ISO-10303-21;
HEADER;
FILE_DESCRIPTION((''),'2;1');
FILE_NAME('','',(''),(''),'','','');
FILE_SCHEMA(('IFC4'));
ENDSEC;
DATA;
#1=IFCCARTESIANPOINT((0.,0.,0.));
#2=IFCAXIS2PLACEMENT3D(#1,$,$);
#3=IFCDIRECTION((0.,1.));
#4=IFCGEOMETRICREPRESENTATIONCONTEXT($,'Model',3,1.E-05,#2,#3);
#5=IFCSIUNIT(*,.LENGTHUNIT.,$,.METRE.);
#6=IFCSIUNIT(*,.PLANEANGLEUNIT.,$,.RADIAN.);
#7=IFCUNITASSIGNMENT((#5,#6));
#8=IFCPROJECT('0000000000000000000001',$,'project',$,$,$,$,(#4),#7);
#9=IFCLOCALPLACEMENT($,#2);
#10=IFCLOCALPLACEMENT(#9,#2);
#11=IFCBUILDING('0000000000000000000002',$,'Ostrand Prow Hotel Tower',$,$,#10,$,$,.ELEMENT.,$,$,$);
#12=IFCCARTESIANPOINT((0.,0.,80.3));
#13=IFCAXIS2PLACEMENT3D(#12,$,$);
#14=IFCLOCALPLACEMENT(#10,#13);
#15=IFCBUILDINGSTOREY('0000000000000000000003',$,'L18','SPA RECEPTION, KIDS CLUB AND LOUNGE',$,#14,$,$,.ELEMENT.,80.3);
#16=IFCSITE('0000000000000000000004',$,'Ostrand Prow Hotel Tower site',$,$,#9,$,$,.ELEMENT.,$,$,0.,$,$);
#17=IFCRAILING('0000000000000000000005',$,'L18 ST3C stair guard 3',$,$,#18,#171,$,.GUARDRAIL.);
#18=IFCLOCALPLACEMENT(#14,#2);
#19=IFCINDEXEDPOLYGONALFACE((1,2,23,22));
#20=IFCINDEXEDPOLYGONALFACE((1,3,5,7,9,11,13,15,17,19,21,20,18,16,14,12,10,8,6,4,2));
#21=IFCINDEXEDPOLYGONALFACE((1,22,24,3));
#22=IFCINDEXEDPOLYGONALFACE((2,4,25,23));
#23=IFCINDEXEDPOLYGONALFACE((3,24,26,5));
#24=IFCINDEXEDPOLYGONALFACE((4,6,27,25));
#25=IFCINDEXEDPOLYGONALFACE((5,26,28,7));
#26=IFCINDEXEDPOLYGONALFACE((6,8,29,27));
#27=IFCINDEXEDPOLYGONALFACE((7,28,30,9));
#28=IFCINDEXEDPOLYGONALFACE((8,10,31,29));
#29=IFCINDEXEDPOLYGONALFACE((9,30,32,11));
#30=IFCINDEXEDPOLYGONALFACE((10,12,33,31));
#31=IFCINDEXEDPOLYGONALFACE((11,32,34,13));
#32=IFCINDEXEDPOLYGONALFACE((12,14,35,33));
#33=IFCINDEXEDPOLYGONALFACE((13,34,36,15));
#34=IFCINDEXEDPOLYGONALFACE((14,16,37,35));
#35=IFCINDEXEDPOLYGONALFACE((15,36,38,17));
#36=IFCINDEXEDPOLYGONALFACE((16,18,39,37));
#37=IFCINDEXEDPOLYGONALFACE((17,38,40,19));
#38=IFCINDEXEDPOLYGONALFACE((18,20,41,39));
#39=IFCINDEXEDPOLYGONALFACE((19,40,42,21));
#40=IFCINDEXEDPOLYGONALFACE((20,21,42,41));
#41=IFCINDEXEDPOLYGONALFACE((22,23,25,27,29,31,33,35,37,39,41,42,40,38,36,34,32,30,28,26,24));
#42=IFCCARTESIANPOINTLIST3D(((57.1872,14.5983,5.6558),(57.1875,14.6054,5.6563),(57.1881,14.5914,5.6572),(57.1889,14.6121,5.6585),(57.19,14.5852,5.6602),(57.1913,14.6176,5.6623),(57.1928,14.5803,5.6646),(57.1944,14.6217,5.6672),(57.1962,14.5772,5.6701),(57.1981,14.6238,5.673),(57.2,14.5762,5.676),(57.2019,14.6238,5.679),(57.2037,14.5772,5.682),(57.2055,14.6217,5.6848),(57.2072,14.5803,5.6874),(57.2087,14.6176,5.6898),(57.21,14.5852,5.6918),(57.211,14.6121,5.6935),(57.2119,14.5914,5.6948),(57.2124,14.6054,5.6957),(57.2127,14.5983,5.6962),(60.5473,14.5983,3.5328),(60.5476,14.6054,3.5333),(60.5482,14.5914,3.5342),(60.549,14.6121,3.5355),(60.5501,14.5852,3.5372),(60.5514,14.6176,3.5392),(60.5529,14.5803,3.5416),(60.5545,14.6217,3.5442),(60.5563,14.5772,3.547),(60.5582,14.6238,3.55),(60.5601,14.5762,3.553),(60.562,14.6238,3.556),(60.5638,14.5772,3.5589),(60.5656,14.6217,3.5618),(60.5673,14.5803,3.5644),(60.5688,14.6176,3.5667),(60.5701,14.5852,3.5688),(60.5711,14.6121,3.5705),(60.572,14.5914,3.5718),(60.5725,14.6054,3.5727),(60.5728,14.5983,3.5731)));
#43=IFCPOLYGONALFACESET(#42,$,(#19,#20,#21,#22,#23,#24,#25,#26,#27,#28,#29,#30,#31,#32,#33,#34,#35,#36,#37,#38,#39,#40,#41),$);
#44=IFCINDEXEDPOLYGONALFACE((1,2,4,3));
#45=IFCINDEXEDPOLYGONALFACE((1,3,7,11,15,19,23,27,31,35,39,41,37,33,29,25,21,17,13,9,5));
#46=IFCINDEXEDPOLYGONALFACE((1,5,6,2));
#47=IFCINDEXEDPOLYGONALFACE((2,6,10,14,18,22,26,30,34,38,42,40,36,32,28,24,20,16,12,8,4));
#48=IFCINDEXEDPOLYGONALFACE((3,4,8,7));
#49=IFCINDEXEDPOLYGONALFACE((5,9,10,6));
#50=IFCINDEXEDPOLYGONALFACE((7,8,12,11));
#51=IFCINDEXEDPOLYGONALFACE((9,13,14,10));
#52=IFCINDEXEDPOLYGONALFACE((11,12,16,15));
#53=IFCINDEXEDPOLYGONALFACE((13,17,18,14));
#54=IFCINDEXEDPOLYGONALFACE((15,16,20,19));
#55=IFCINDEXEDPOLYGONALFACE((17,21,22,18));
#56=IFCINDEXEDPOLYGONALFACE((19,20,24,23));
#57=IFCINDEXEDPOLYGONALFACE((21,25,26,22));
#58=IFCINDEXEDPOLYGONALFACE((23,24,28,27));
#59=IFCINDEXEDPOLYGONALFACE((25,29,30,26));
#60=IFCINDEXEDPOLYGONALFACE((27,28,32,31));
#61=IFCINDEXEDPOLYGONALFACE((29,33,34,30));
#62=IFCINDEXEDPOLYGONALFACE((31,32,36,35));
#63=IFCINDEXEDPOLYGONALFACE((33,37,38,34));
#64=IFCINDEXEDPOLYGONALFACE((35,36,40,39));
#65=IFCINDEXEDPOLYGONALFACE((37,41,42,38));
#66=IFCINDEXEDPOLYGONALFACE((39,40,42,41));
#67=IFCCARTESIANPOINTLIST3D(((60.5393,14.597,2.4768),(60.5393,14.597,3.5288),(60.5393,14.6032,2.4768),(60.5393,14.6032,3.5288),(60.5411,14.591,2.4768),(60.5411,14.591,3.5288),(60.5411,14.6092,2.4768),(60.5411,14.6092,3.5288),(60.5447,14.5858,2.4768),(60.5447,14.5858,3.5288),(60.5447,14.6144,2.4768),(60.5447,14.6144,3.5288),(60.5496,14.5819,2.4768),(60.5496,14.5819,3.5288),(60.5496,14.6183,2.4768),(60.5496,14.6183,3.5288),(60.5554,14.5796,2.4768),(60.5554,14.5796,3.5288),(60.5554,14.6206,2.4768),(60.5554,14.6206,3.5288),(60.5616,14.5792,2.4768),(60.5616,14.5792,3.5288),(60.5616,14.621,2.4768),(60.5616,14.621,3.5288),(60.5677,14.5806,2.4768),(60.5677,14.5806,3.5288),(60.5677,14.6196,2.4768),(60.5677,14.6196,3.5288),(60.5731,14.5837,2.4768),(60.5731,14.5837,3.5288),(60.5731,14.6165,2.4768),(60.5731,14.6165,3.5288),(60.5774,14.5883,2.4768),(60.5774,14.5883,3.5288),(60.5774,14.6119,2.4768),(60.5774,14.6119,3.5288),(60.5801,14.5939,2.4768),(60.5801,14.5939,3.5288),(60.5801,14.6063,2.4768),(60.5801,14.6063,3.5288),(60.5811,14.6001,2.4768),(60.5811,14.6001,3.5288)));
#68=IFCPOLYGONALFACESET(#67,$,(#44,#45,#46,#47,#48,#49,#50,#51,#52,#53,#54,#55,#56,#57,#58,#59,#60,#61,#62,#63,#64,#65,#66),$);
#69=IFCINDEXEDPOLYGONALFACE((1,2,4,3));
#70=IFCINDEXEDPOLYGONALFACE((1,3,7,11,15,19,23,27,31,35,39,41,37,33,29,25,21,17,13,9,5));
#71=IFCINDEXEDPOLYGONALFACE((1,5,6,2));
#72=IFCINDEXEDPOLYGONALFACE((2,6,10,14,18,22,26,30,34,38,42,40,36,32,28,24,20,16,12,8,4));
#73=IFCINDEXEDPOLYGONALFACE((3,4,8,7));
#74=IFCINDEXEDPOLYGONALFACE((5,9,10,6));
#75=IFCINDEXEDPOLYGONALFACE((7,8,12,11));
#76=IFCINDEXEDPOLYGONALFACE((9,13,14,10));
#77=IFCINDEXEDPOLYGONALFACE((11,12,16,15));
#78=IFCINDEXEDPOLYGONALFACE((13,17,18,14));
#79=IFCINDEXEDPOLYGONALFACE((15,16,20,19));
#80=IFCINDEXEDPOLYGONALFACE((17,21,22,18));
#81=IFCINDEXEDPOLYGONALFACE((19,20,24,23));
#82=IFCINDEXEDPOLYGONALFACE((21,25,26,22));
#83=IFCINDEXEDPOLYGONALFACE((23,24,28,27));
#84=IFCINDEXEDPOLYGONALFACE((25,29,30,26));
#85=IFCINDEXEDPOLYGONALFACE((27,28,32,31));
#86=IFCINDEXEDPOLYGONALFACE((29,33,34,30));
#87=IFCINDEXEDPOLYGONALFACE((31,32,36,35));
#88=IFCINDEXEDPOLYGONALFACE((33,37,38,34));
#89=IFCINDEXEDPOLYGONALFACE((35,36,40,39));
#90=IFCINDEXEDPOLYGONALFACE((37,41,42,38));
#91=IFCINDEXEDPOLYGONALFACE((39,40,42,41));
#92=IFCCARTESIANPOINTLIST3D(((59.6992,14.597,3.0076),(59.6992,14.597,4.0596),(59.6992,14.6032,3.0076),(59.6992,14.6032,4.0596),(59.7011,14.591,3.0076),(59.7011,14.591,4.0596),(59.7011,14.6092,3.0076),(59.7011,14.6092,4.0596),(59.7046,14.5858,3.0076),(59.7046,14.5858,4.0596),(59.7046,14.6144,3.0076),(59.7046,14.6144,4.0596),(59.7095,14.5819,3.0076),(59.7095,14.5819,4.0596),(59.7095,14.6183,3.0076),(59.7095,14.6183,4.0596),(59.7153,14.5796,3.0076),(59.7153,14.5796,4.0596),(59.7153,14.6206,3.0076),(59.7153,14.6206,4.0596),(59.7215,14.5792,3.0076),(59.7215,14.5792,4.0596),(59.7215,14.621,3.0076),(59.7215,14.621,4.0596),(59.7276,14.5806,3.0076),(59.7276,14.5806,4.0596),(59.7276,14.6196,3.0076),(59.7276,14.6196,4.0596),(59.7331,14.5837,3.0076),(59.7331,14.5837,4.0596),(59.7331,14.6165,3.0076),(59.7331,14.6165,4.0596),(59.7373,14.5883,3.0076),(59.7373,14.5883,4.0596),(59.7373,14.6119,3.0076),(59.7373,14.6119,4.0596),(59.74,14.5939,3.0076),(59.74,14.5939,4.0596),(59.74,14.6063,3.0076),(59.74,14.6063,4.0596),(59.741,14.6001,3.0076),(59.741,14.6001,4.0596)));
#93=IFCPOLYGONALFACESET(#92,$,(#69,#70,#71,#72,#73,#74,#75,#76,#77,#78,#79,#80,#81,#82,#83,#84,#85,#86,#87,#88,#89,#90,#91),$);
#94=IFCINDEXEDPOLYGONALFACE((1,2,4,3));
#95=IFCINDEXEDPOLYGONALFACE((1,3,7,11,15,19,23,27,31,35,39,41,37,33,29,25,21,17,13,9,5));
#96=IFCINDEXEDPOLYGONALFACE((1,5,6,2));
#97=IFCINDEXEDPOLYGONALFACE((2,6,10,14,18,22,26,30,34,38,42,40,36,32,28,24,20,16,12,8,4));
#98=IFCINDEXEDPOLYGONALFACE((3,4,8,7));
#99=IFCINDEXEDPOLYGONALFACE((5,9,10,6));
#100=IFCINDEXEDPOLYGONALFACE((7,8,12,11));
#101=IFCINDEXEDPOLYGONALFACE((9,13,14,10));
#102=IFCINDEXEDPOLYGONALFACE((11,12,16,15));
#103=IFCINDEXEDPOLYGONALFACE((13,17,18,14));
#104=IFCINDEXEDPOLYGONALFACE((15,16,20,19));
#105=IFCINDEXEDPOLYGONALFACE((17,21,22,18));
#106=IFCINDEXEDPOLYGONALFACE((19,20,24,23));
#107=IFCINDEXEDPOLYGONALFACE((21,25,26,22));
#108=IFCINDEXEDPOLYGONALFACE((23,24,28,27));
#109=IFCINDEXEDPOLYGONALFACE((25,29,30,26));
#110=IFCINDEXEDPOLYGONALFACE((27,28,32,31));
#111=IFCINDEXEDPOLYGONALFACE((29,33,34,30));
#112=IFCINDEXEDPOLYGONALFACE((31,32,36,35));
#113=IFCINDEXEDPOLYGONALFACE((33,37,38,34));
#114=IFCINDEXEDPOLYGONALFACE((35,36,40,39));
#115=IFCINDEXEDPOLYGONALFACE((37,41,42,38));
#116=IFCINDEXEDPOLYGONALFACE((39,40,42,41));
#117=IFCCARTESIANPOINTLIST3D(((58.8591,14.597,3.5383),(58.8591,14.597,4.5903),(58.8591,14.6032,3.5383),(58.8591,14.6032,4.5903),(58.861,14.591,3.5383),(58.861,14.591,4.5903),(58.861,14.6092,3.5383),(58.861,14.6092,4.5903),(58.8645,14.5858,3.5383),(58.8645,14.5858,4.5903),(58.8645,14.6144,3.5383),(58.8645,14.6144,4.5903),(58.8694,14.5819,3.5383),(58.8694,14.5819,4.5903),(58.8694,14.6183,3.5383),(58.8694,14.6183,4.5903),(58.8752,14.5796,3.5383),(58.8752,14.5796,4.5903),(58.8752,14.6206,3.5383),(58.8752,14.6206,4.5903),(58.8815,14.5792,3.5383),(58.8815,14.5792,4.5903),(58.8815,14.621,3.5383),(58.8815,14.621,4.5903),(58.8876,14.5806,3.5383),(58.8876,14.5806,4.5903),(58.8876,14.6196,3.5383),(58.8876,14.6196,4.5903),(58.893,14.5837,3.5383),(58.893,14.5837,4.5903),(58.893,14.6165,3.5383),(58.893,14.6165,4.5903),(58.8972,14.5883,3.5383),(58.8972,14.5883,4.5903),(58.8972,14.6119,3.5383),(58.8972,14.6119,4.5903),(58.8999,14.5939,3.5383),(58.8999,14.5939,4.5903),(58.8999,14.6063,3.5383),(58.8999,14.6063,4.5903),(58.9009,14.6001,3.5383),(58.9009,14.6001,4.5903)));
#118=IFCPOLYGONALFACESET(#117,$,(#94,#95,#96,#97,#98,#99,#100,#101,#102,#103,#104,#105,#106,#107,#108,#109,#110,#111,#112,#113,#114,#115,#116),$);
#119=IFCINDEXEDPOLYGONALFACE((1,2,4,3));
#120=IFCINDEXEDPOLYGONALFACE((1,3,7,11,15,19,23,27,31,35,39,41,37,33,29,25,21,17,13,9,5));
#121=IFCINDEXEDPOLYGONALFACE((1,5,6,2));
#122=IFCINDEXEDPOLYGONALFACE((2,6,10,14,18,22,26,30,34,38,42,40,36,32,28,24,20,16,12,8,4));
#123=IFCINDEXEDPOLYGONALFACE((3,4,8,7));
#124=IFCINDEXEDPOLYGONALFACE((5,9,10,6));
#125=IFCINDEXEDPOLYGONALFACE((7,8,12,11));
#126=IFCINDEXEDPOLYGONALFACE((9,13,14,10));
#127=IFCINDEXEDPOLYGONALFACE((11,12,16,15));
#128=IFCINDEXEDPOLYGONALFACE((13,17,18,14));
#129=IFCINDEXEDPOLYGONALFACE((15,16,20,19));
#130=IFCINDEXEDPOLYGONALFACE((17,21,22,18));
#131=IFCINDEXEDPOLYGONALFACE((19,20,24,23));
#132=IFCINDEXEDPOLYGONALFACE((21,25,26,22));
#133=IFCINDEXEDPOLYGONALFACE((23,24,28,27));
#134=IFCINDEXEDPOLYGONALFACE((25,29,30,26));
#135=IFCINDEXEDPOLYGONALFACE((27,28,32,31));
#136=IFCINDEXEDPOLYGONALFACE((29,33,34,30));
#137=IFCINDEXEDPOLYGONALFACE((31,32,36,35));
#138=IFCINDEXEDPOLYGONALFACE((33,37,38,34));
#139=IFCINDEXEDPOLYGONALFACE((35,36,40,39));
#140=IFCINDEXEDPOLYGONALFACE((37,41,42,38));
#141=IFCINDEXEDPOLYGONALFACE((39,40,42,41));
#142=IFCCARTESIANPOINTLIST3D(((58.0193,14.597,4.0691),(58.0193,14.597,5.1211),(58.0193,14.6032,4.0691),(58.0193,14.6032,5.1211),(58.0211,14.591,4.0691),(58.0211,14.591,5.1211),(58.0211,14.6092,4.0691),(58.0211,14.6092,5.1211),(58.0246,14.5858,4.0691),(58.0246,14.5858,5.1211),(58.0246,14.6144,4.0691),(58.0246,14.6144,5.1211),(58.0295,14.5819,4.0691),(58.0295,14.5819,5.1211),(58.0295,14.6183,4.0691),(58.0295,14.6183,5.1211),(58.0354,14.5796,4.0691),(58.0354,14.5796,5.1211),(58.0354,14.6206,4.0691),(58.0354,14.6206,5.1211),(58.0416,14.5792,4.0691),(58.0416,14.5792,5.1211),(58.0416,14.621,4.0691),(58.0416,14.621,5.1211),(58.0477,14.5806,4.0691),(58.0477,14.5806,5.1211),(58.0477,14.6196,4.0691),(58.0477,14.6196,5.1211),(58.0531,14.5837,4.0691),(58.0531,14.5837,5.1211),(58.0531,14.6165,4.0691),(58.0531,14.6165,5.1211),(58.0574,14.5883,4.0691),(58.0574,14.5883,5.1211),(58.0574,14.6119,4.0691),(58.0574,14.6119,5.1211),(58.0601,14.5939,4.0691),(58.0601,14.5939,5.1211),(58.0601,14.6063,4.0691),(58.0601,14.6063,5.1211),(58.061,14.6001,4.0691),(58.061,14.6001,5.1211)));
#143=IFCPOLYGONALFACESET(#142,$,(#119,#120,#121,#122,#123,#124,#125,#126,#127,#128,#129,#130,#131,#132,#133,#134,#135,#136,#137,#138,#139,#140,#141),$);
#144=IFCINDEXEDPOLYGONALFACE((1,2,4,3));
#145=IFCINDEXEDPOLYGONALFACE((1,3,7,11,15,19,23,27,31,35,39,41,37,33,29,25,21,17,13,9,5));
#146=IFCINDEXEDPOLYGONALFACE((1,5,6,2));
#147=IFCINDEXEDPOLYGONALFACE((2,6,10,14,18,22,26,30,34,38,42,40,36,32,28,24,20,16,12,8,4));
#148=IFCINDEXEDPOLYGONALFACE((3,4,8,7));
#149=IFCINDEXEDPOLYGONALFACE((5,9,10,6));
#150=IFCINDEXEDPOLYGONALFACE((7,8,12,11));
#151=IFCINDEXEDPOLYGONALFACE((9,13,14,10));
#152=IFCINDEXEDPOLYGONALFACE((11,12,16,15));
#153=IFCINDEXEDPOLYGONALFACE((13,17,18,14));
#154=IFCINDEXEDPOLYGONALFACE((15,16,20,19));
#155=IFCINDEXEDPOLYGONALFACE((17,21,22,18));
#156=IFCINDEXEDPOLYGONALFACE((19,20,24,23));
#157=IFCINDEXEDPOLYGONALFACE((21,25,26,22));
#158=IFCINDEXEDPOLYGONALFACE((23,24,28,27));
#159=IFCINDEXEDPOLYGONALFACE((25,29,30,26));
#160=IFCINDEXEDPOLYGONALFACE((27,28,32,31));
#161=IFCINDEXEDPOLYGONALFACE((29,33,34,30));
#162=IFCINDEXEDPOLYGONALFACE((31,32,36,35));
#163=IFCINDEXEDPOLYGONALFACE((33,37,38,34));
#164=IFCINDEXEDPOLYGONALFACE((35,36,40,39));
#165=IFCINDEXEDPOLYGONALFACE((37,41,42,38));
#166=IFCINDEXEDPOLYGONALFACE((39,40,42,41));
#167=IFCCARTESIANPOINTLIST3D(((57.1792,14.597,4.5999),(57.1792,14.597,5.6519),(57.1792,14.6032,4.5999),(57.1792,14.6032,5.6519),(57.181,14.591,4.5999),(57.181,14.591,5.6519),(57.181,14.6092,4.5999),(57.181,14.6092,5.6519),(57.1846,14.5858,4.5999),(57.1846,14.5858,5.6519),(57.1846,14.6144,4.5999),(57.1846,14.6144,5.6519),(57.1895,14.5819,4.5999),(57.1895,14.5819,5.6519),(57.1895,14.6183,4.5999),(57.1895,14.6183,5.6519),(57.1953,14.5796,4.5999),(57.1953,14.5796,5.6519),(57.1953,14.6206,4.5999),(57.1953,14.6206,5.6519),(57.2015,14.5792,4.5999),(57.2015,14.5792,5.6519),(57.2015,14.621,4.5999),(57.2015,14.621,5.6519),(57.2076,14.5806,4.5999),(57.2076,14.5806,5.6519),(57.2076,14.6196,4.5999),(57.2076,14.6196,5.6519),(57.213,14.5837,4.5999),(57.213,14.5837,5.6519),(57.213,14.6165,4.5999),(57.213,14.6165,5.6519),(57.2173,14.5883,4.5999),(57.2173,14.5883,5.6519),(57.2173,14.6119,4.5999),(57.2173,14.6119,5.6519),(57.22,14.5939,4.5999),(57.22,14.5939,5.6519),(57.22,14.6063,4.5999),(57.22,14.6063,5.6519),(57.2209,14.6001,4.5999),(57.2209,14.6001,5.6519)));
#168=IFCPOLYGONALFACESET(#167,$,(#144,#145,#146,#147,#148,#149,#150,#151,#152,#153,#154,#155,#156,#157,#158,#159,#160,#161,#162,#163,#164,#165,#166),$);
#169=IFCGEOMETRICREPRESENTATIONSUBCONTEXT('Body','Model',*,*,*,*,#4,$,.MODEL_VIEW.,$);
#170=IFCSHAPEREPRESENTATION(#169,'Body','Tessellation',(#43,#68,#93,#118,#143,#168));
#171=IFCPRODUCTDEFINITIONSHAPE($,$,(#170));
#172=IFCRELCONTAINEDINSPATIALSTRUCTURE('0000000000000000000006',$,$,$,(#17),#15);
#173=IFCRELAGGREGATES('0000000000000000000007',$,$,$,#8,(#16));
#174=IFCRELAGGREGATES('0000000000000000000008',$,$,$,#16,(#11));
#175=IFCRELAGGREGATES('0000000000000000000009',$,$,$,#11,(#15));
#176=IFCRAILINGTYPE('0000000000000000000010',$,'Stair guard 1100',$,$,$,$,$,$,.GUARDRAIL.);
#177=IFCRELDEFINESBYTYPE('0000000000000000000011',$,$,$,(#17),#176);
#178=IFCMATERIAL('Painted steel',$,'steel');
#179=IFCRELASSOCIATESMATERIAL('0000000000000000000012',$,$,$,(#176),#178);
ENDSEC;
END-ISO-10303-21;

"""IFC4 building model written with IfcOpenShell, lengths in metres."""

from ifc_helpers import new_model, si_unit, direction, frame, origin, origin_2d, place, context, subcontext, project, spatial, circle, extrude, material, type_object, element, save


model = new_model("IFC4")

# Units and contexts
model_context = context("Model", 3, precision=1e-05, world=origin(), true_north=direction((0.0, 1.0)))
body_context = subcontext(model_context, "Body", "Model", "MODEL_VIEW")
ifc_project = project(units=[si_unit("LENGTHUNIT", "METRE"), si_unit("PLANEANGLEUNIT", "RADIAN")], contexts=[model_context])

# Site, building, storey
site_placement = place(None, origin())
site = spatial("IfcSite", under=ifc_project, at=site_placement, Name="Ostrand Prow Hotel Tower site", CompositionType="ELEMENT", RefElevation=0.0)
building_placement = place(site_placement, origin())
building = spatial("IfcBuilding", under=site, at=building_placement, Name="Ostrand Prow Hotel Tower", CompositionType="ELEMENT")
storey_placement = place(building_placement, frame((0.0, 0.0, 80.3)))
storey = spatial("IfcBuildingStorey", under=building, at=storey_placement, Name="L18", Description="SPA RECEPTION, KIDS CLUB AND LOUNGE", CompositionType="ELEMENT", Elevation=80.3)

# Railing
ifc_material_1 = material(Name="Painted steel", Category="steel")
railing_type_1 = type_object("IfcRailingType", Name="Stair guard 1100", PredefinedType="GUARDRAIL", material=ifc_material_1)
railing_1_placement = place(storey_placement, frame((60.5601, 14.6001, 2.4768)))
element("IfcRailing", 1, at=railing_1_placement, inside=storey, type_object=railing_type_1, Name="L18 ST3C stair guard 3", PredefinedType="GUARDRAIL", context=body_context, shape_type="SweptSolid", body=[
    extrude(circle(Radius=0.0239, at=origin_2d()), frame((0.0, 0.0, 1.0762), z_axis=(-0.84539, 0.0, 0.53415), x_axis=(0.0, -1.0, 0.0)), (0.0, 0.0, 1.0), 3.9746),
    extrude(circle(Radius=0.021, at=origin_2d()), origin(), (0.0, 0.0, 1.0), 1.052),
    extrude(circle(Radius=0.021, at=origin_2d()), frame((-0.8401, 0.0, 0.5308)), (0.0, 0.0, 1.0), 1.052),
    extrude(circle(Radius=0.021, at=origin_2d()), frame((-1.6802, 0.0, 1.0615)), (0.0, 0.0, 1.0), 1.052),
    extrude(circle(Radius=0.021, at=origin_2d()), frame((-2.52, 0.0, 1.5923)), (0.0, 0.0, 1.0), 1.052),
    extrude(circle(Radius=0.021, at=origin_2d()), frame((-3.3601, 0.0, 2.123)), (0.0, 0.0, 1.0), 1.052),
])

save(model, "model.ifc")
